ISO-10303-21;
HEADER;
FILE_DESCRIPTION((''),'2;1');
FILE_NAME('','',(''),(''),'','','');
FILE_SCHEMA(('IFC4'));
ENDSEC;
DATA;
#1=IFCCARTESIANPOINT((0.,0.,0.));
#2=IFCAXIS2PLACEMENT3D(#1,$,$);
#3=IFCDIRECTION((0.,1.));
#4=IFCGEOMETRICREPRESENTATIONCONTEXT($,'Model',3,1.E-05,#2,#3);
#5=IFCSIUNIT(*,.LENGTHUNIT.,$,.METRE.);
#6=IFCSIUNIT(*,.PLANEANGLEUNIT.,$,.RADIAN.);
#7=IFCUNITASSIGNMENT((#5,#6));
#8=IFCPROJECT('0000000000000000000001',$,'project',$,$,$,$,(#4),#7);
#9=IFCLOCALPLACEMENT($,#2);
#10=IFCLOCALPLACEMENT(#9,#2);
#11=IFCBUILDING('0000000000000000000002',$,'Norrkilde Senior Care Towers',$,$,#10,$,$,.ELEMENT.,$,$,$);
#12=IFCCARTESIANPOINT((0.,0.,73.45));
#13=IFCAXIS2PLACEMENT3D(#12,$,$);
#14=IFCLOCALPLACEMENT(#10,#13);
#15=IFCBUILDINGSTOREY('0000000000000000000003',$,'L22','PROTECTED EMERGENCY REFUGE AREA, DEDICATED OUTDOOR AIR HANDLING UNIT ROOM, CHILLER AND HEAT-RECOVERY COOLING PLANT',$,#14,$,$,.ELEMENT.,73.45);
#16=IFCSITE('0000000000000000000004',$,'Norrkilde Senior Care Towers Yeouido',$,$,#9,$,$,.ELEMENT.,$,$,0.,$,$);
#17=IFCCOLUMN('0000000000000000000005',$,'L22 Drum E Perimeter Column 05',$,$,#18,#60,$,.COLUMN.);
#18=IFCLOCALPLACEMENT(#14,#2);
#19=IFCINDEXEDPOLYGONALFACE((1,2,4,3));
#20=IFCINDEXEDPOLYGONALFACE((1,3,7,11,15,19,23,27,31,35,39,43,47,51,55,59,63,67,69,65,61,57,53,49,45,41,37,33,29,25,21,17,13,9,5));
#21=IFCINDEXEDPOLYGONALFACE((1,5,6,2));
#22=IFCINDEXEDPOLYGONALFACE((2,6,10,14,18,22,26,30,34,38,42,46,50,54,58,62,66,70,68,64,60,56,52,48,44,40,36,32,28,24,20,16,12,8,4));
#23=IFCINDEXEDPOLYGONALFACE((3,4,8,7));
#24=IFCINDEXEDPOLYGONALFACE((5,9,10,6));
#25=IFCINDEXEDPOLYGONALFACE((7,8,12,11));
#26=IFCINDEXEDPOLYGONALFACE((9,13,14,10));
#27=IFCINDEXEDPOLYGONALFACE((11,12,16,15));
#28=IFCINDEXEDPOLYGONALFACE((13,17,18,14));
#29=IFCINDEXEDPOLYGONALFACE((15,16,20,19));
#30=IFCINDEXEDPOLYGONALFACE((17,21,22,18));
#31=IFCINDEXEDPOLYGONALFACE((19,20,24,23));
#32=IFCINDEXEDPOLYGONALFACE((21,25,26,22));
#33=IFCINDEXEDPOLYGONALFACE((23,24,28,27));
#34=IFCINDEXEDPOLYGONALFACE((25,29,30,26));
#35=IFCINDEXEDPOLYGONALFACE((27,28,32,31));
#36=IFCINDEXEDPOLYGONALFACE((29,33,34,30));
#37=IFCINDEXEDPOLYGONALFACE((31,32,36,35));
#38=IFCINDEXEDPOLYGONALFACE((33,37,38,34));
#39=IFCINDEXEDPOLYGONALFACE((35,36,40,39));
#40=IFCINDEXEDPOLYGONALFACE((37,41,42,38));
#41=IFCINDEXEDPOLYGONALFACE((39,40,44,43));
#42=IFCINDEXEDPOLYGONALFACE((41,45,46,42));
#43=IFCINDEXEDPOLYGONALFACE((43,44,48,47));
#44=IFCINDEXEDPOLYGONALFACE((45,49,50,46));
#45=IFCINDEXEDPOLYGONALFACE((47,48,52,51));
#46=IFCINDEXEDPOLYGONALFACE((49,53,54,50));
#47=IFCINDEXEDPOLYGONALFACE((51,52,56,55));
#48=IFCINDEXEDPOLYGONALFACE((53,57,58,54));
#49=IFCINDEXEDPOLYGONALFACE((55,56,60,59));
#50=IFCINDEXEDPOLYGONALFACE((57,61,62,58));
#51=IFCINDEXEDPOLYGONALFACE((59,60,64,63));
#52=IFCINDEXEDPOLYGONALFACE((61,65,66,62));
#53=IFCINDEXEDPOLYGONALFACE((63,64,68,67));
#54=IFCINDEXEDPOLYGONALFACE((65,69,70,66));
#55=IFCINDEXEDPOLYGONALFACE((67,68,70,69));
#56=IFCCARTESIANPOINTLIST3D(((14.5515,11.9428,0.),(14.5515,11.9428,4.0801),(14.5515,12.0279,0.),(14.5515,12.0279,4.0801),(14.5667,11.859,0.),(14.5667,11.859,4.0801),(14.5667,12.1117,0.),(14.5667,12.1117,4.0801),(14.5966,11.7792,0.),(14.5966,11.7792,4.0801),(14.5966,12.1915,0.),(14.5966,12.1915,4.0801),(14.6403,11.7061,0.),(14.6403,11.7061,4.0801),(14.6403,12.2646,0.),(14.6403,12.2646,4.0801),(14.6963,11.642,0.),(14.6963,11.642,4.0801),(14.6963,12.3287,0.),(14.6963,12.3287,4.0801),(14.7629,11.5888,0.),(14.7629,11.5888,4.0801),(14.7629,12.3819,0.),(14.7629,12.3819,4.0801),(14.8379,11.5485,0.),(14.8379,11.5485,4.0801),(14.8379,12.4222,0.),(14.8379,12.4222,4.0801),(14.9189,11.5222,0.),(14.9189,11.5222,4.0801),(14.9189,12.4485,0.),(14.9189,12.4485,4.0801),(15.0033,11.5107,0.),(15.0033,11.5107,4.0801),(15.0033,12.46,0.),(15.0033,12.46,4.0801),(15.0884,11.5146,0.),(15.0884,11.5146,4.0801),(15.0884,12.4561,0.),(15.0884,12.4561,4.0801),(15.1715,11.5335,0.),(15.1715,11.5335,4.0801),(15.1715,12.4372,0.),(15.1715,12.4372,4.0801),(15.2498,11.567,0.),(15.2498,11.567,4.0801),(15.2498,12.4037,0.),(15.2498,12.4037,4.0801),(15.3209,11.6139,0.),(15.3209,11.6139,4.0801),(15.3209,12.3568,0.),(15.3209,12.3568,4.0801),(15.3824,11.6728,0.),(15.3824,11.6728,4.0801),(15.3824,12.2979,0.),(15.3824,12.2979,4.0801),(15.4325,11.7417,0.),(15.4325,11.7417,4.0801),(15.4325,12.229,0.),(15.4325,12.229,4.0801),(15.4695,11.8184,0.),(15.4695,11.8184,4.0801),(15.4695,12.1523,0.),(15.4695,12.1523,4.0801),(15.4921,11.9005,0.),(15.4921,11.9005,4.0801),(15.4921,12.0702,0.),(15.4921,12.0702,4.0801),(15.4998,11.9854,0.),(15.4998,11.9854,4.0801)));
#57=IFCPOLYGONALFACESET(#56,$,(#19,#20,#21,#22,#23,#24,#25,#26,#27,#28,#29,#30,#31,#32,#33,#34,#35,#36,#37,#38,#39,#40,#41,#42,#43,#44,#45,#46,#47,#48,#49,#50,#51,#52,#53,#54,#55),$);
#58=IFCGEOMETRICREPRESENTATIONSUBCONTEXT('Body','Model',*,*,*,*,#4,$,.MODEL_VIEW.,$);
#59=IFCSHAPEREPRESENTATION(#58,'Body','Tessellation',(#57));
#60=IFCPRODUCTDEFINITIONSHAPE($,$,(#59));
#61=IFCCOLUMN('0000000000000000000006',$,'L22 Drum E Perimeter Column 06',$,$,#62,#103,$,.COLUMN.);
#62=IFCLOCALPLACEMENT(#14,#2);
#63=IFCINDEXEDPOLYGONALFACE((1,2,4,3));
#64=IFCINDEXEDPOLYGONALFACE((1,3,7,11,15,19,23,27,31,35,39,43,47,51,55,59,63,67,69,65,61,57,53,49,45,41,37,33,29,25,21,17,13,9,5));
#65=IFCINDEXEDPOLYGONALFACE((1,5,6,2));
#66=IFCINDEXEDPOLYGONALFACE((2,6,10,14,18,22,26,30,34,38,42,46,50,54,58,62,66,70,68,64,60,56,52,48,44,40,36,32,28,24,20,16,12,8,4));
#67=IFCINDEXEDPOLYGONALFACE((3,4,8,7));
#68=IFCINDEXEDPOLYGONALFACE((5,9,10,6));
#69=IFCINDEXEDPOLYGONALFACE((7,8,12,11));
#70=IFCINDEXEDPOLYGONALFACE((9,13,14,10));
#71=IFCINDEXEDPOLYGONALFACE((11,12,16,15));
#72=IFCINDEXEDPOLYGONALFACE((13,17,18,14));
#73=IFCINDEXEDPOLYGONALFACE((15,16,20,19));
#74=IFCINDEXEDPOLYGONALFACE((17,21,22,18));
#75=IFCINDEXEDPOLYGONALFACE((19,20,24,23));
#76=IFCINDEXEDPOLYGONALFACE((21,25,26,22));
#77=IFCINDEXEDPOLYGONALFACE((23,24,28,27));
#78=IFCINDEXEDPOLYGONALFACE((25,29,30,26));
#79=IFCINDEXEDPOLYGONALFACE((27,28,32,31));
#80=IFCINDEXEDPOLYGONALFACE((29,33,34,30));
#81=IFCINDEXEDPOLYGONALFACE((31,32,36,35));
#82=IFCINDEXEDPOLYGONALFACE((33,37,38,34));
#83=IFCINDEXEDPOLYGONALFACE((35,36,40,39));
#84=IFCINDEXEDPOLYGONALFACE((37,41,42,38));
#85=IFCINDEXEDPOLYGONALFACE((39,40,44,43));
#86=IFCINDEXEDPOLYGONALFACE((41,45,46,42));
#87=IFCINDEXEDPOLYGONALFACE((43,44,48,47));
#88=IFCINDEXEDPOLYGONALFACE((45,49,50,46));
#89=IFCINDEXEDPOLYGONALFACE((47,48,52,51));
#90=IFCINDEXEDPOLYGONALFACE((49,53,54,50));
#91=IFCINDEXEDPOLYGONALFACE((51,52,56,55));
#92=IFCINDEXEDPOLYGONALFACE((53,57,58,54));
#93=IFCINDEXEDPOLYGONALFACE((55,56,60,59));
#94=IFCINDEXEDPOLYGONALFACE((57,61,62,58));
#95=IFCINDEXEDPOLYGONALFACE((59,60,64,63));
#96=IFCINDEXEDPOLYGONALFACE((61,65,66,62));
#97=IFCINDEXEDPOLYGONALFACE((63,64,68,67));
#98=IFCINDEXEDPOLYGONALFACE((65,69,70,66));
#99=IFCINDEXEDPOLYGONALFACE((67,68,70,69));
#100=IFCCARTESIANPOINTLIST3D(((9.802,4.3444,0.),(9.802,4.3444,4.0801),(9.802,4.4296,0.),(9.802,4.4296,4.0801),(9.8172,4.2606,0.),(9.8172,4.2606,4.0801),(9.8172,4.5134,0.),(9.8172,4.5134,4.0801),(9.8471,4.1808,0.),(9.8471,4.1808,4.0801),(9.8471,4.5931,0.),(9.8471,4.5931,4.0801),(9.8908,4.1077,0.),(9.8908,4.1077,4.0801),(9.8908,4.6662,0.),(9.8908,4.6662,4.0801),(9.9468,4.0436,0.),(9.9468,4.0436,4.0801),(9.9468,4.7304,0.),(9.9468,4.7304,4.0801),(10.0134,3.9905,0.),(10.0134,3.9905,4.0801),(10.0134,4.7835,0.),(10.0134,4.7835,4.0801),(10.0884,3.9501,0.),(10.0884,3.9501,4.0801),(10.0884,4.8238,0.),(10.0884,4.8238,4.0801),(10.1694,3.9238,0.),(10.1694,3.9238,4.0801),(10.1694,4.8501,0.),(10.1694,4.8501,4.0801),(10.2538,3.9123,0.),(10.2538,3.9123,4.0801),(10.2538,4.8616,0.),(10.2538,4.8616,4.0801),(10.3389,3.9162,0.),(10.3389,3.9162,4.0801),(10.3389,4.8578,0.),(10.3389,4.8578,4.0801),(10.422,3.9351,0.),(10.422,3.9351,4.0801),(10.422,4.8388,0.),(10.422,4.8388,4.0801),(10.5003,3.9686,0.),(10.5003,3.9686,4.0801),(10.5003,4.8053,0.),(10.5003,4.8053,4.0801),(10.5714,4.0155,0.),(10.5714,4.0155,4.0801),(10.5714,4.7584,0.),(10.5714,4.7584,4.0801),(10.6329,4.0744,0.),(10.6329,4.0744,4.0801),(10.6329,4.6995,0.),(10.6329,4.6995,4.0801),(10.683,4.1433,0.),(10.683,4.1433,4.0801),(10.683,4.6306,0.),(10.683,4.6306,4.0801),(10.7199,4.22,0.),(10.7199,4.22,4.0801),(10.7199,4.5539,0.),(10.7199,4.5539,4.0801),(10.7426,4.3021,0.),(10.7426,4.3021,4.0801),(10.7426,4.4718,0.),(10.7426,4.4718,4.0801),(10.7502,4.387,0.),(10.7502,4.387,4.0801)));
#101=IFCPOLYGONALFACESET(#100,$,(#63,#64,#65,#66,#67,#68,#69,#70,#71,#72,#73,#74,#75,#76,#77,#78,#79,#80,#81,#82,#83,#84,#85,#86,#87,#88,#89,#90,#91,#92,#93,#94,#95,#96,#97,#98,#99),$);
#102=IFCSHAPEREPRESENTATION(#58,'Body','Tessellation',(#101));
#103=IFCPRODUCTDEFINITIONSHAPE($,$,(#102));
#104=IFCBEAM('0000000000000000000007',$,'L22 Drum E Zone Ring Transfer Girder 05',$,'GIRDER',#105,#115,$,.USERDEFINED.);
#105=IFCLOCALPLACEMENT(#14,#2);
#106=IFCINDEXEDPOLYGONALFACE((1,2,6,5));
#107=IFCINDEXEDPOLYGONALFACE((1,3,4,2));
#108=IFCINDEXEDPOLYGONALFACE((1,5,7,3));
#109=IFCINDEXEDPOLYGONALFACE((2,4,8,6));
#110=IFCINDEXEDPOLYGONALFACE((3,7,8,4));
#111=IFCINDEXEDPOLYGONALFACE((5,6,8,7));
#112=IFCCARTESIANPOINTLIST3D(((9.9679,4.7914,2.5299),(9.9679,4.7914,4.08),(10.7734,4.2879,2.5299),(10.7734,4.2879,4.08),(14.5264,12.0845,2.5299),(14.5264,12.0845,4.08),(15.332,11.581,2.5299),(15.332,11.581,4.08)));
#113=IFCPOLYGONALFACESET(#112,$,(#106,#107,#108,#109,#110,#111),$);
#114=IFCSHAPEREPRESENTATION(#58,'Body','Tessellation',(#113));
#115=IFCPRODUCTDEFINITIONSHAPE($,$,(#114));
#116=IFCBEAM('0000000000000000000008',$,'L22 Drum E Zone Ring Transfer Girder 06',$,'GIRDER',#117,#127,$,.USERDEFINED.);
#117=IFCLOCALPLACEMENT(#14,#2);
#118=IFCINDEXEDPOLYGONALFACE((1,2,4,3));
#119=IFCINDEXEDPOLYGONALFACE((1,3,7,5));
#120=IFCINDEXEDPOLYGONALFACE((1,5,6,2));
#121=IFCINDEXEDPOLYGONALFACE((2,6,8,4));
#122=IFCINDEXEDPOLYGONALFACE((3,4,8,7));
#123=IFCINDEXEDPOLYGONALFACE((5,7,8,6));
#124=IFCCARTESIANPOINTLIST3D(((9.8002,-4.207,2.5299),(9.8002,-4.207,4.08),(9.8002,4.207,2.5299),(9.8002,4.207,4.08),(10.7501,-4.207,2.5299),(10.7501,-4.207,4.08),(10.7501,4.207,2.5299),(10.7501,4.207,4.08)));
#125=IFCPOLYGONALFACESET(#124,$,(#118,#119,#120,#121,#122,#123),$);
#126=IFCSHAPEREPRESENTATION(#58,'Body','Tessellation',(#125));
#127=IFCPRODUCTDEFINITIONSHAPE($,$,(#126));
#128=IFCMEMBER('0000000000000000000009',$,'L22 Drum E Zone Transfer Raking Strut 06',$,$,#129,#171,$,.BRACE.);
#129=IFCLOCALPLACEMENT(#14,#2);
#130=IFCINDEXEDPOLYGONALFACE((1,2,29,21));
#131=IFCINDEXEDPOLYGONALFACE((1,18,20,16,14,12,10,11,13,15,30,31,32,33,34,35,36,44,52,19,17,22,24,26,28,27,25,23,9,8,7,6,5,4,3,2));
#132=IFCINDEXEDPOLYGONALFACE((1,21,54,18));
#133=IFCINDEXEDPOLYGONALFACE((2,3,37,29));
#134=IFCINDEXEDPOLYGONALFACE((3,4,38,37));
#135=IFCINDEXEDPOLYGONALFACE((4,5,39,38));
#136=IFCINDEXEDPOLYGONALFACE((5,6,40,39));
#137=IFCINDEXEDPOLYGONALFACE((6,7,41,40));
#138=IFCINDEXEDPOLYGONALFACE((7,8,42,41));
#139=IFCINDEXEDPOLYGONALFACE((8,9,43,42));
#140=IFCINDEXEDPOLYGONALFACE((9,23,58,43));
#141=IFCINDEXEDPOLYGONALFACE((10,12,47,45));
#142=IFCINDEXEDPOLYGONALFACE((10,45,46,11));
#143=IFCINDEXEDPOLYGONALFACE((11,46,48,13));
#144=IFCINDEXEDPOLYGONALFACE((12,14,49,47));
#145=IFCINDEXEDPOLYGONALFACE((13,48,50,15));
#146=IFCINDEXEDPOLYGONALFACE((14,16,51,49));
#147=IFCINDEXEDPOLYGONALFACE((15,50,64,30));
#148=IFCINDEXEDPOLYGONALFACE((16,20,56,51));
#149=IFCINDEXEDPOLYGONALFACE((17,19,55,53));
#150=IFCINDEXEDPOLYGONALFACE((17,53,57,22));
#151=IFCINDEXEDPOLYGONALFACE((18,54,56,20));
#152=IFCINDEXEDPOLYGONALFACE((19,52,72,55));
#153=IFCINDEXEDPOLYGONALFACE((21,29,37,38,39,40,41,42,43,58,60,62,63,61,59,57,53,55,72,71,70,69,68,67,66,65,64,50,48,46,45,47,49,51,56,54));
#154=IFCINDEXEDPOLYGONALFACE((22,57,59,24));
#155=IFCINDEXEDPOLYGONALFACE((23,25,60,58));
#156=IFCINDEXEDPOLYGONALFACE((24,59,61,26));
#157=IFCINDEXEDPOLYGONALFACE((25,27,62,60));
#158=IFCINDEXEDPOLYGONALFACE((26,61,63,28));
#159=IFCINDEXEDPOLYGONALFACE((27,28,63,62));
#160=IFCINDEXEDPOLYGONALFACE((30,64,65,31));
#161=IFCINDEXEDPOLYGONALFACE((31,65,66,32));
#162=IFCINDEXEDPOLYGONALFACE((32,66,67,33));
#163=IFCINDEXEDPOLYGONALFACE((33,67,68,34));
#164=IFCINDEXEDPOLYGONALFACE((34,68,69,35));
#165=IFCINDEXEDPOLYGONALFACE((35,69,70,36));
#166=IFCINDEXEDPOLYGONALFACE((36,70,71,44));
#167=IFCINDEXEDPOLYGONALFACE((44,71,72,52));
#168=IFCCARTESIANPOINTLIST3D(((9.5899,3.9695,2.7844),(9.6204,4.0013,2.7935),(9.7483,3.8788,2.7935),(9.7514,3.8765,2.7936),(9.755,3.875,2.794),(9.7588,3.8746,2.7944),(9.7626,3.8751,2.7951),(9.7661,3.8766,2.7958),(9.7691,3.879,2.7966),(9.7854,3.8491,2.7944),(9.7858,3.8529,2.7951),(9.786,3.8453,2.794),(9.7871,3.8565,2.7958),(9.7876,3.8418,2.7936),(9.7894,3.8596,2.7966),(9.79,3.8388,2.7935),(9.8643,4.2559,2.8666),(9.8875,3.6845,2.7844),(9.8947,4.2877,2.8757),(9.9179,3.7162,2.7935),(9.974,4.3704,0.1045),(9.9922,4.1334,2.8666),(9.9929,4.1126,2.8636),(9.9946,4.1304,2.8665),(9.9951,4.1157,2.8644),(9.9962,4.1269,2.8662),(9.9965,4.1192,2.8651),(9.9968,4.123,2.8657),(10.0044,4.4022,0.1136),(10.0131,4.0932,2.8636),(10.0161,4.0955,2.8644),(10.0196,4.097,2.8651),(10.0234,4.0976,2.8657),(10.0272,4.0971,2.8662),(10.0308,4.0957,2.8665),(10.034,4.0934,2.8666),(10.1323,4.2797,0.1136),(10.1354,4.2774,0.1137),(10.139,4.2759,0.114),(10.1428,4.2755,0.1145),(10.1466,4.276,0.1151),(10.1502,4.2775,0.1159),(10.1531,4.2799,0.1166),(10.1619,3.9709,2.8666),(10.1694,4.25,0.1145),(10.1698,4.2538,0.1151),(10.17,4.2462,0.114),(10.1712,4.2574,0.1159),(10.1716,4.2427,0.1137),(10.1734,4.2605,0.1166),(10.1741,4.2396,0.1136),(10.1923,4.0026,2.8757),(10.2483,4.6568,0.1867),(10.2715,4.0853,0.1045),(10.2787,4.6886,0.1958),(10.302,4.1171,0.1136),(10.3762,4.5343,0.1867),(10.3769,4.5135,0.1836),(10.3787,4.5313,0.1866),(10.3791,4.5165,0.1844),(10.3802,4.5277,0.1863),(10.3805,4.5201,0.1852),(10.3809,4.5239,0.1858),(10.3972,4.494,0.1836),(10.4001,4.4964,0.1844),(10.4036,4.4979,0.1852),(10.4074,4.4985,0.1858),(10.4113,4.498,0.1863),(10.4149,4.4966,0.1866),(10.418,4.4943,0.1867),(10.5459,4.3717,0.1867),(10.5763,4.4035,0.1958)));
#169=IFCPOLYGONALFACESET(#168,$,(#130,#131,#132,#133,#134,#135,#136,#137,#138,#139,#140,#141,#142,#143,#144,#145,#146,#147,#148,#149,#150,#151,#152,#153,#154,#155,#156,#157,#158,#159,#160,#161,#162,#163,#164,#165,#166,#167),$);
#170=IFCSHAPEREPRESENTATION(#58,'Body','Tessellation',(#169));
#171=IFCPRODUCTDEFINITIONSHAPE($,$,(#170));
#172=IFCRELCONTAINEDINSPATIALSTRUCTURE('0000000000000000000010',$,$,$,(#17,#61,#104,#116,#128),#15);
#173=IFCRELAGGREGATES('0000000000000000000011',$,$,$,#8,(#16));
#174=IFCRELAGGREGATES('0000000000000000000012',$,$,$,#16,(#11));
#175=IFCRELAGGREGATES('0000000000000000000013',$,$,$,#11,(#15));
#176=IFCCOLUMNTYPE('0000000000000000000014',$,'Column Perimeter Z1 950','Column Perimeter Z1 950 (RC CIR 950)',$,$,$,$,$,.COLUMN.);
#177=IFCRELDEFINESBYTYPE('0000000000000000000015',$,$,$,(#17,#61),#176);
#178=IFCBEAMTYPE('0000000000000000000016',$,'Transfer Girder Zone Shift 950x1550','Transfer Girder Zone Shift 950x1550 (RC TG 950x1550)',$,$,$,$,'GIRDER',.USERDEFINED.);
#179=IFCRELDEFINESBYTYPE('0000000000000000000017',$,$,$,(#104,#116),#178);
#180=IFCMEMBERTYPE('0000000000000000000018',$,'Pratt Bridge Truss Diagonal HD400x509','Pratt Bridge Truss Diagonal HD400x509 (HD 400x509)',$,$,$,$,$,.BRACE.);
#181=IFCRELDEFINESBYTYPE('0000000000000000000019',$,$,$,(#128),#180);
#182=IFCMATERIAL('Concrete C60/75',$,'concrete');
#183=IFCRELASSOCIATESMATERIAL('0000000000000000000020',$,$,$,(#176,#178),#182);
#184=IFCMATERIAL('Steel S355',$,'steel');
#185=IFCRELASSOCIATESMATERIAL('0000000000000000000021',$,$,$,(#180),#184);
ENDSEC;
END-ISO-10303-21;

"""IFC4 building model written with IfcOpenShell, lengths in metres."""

from ifc_helpers import new_model, si_unit, direction, frame, origin, origin_2d, place, context, subcontext, project, spatial, rectangle, circle, i_section, extrude, source, transform, mapped, material, material_profile, profile_set, type_object, type_shapes, element, save


model = new_model("IFC4")

# Units and contexts
model_context = context("Model", 3, precision=1e-05, world=origin(), true_north=direction((0.0, 1.0)))
body_context = subcontext(model_context, "Body", "Model", "MODEL_VIEW")
ifc_project = project(units=[si_unit("LENGTHUNIT", "METRE"), si_unit("PLANEANGLEUNIT", "RADIAN")], contexts=[model_context])

# Site, building, storey
site_placement = place(None, origin())
site = spatial("IfcSite", under=ifc_project, at=site_placement, Name="Norrkilde Senior Care Towers Yeouido", CompositionType="ELEMENT", RefElevation=0.0)
building_placement = place(site_placement, origin())
building = spatial("IfcBuilding", under=site, at=building_placement, Name="Norrkilde Senior Care Towers", CompositionType="ELEMENT")
storey_placement = place(building_placement, frame((0.0, 0.0, 73.45)))
storey = spatial("IfcBuildingStorey", under=building, at=storey_placement, Name="L22", Description="PROTECTED EMERGENCY REFUGE AREA, DEDICATED OUTDOOR AIR HANDLING UNIT ROOM, CHILLER AND HEAT-RECOVERY COOLING PLANT", CompositionType="ELEMENT", Elevation=73.45)

# Columns
ifc_material_1 = material(Name="Concrete C60/75", Category="concrete")
ifc_material_profile_1 = material_profile(ifc_material_1, circle(Radius=0.4751, at=origin_2d()), Name="RC CIR 950")
ifc_profile_set_1 = profile_set([ifc_material_profile_1], Name="Concrete C60/75")
column_type = type_object("IfcColumnType", Name="Column Perimeter Z1 950", Description="Column Perimeter Z1 950 (RC CIR 950)", PredefinedType="COLUMN", material=ifc_profile_set_1)
shared_shape_1 = source(origin(), body_context, "Body", "SweptSolid", [
    extrude(circle(Radius=0.4751, at=origin_2d()), origin(), (0.0, 0.0, 1.0), 4.0801),
])
type_shapes(column_type, [shared_shape_1])
for number, where, z_axis, x_axis, name in (
    (1, (15.0247, 11.9854, 0.0), (0.0, 0.0, 1.0), (1.0, 0.0, 0.0), "L22 Drum E Perimeter Column 05"),
    (2, (10.2751, 4.387, 0.0), (0.0, 0.0, 1.0), (1.0, 0.0, 0.0), "L22 Drum E Perimeter Column 06"),
):
    element("IfcColumn", number, at=place(storey_placement, frame(where, z_axis=z_axis, x_axis=x_axis)), inside=storey, type_object=column_type, Name=name, PredefinedType="COLUMN", context=body_context, shape_type="MappedRepresentation", body=[
        mapped(shared_shape_1, transform((0.0, 0.0, 0.0), x_axis=(1.0, 0.0, 0.0), y_axis=(0.0, 1.0, 0.0), z_axis=(0.0, 0.0, 1.0), scale=1.0)),
    ])

# Beams
ifc_material_profile_2 = material_profile(ifc_material_1, rectangle(XDim=0.95, YDim=1.55, at=origin_2d()), Name="RC TG 950x1550")
ifc_profile_set_2 = profile_set([ifc_material_profile_2], Name="Concrete C60/75")
beam_type = type_object("IfcBeamType", Name="Transfer Girder Zone Shift 950x1550", Description="Transfer Girder Zone Shift 950x1550 (RC TG 950x1550)", ElementType="GIRDER", PredefinedType="USERDEFINED", material=ifc_profile_set_2)
shared_shape_2 = source(origin(), body_context, "Body", "SweptSolid", [
    extrude(rectangle(XDim=0.95, YDim=1.55, at=origin_2d()), origin(), (0.0, 0.0, 1.0), 8.6006),
])
beam_1_placement = place(storey_placement, frame((14.9292, 11.8328, 3.3049), z_axis=(-0.530027, -0.847981, 0.0), x_axis=(0.847981, -0.530027, 0.0)))
element("IfcBeam", 3, at=beam_1_placement, inside=storey, type_object=beam_type, Name="L22 Drum E Zone Ring Transfer Girder 05", ObjectType="GIRDER", PredefinedType="USERDEFINED", context=body_context, shape_type="MappedRepresentation", body=[
    mapped(shared_shape_2, transform((0.0, 0.0, 0.0), x_axis=(1.0, 0.0, 0.0), y_axis=(0.0, 1.0, 0.0), z_axis=(0.0, 0.0, 1.0), scale=1.0)),
])
shared_shape_3 = source(origin(), body_context, "Body", "SweptSolid", [
    extrude(rectangle(XDim=0.95, YDim=1.55, at=origin_2d()), origin(), (0.0, 0.0, 1.0), 8.4141),
])
type_shapes(beam_type, [shared_shape_2, shared_shape_3])
beam_2_placement = place(storey_placement, frame((10.2751, 4.207, 3.3049), z_axis=(0.0, -1.0, 0.0), x_axis=(1.0, 0.0, 0.0)))
element("IfcBeam", 4, at=beam_2_placement, inside=storey, type_object=beam_type, Name="L22 Drum E Zone Ring Transfer Girder 06", ObjectType="GIRDER", PredefinedType="USERDEFINED", context=body_context, shape_type="MappedRepresentation", body=[
    mapped(shared_shape_3, transform((0.0, 0.0, 0.0), x_axis=(1.0, 0.0, 0.0), y_axis=(0.0, 1.0, 0.0), z_axis=(0.0, 0.0, 1.0), scale=1.0)),
])

# Member
ifc_material_2 = material(Name="Steel S355", Category="steel")
ifc_material_profile_3 = material_profile(ifc_material_2, i_section(OverallWidth=0.4121, OverallDepth=0.45, WebThickness=0.0281, FlangeThickness=0.0449, FilletRadius=0.0149, at=origin_2d()), Name="HD 400x509")
ifc_profile_set_3 = profile_set([ifc_material_profile_3], Name="Steel S355")
member_type_1 = type_object("IfcMemberType", Name="Pratt Bridge Truss Diagonal HD400x509", Description="Pratt Bridge Truss Diagonal HD400x509 (HD 400x509)", PredefinedType="BRACE", material=ifc_profile_set_3)
shared_shape_4 = source(origin(), body_context, "Body", "SweptSolid", [
    extrude(i_section(OverallWidth=0.4121, OverallDepth=0.45, WebThickness=0.0281, FlangeThickness=0.0449, FilletRadius=0.0149, at=origin_2d()), origin(), (0.0, 0.0, 1.0), 2.7368),
])
member_1_placement = place(storey_placement, frame((10.2751, 4.387, 0.1501), z_axis=(-0.140321, -0.146476, 0.979211), x_axis=(0.722116, -0.691772, 0.0)))
element("IfcMember", 5, at=member_1_placement, inside=storey, type_object=member_type_1, Name="L22 Drum E Zone Transfer Raking Strut 06", PredefinedType="BRACE", context=body_context, shape_type="MappedRepresentation", body=[
    mapped(shared_shape_4, transform((0.0, 0.0, 0.0), x_axis=(1.0, 0.0, 0.0), y_axis=(0.0, 1.0, 0.0), z_axis=(0.0, 0.0, 1.0), scale=1.0)),
])

save(model, "model.ifc")
